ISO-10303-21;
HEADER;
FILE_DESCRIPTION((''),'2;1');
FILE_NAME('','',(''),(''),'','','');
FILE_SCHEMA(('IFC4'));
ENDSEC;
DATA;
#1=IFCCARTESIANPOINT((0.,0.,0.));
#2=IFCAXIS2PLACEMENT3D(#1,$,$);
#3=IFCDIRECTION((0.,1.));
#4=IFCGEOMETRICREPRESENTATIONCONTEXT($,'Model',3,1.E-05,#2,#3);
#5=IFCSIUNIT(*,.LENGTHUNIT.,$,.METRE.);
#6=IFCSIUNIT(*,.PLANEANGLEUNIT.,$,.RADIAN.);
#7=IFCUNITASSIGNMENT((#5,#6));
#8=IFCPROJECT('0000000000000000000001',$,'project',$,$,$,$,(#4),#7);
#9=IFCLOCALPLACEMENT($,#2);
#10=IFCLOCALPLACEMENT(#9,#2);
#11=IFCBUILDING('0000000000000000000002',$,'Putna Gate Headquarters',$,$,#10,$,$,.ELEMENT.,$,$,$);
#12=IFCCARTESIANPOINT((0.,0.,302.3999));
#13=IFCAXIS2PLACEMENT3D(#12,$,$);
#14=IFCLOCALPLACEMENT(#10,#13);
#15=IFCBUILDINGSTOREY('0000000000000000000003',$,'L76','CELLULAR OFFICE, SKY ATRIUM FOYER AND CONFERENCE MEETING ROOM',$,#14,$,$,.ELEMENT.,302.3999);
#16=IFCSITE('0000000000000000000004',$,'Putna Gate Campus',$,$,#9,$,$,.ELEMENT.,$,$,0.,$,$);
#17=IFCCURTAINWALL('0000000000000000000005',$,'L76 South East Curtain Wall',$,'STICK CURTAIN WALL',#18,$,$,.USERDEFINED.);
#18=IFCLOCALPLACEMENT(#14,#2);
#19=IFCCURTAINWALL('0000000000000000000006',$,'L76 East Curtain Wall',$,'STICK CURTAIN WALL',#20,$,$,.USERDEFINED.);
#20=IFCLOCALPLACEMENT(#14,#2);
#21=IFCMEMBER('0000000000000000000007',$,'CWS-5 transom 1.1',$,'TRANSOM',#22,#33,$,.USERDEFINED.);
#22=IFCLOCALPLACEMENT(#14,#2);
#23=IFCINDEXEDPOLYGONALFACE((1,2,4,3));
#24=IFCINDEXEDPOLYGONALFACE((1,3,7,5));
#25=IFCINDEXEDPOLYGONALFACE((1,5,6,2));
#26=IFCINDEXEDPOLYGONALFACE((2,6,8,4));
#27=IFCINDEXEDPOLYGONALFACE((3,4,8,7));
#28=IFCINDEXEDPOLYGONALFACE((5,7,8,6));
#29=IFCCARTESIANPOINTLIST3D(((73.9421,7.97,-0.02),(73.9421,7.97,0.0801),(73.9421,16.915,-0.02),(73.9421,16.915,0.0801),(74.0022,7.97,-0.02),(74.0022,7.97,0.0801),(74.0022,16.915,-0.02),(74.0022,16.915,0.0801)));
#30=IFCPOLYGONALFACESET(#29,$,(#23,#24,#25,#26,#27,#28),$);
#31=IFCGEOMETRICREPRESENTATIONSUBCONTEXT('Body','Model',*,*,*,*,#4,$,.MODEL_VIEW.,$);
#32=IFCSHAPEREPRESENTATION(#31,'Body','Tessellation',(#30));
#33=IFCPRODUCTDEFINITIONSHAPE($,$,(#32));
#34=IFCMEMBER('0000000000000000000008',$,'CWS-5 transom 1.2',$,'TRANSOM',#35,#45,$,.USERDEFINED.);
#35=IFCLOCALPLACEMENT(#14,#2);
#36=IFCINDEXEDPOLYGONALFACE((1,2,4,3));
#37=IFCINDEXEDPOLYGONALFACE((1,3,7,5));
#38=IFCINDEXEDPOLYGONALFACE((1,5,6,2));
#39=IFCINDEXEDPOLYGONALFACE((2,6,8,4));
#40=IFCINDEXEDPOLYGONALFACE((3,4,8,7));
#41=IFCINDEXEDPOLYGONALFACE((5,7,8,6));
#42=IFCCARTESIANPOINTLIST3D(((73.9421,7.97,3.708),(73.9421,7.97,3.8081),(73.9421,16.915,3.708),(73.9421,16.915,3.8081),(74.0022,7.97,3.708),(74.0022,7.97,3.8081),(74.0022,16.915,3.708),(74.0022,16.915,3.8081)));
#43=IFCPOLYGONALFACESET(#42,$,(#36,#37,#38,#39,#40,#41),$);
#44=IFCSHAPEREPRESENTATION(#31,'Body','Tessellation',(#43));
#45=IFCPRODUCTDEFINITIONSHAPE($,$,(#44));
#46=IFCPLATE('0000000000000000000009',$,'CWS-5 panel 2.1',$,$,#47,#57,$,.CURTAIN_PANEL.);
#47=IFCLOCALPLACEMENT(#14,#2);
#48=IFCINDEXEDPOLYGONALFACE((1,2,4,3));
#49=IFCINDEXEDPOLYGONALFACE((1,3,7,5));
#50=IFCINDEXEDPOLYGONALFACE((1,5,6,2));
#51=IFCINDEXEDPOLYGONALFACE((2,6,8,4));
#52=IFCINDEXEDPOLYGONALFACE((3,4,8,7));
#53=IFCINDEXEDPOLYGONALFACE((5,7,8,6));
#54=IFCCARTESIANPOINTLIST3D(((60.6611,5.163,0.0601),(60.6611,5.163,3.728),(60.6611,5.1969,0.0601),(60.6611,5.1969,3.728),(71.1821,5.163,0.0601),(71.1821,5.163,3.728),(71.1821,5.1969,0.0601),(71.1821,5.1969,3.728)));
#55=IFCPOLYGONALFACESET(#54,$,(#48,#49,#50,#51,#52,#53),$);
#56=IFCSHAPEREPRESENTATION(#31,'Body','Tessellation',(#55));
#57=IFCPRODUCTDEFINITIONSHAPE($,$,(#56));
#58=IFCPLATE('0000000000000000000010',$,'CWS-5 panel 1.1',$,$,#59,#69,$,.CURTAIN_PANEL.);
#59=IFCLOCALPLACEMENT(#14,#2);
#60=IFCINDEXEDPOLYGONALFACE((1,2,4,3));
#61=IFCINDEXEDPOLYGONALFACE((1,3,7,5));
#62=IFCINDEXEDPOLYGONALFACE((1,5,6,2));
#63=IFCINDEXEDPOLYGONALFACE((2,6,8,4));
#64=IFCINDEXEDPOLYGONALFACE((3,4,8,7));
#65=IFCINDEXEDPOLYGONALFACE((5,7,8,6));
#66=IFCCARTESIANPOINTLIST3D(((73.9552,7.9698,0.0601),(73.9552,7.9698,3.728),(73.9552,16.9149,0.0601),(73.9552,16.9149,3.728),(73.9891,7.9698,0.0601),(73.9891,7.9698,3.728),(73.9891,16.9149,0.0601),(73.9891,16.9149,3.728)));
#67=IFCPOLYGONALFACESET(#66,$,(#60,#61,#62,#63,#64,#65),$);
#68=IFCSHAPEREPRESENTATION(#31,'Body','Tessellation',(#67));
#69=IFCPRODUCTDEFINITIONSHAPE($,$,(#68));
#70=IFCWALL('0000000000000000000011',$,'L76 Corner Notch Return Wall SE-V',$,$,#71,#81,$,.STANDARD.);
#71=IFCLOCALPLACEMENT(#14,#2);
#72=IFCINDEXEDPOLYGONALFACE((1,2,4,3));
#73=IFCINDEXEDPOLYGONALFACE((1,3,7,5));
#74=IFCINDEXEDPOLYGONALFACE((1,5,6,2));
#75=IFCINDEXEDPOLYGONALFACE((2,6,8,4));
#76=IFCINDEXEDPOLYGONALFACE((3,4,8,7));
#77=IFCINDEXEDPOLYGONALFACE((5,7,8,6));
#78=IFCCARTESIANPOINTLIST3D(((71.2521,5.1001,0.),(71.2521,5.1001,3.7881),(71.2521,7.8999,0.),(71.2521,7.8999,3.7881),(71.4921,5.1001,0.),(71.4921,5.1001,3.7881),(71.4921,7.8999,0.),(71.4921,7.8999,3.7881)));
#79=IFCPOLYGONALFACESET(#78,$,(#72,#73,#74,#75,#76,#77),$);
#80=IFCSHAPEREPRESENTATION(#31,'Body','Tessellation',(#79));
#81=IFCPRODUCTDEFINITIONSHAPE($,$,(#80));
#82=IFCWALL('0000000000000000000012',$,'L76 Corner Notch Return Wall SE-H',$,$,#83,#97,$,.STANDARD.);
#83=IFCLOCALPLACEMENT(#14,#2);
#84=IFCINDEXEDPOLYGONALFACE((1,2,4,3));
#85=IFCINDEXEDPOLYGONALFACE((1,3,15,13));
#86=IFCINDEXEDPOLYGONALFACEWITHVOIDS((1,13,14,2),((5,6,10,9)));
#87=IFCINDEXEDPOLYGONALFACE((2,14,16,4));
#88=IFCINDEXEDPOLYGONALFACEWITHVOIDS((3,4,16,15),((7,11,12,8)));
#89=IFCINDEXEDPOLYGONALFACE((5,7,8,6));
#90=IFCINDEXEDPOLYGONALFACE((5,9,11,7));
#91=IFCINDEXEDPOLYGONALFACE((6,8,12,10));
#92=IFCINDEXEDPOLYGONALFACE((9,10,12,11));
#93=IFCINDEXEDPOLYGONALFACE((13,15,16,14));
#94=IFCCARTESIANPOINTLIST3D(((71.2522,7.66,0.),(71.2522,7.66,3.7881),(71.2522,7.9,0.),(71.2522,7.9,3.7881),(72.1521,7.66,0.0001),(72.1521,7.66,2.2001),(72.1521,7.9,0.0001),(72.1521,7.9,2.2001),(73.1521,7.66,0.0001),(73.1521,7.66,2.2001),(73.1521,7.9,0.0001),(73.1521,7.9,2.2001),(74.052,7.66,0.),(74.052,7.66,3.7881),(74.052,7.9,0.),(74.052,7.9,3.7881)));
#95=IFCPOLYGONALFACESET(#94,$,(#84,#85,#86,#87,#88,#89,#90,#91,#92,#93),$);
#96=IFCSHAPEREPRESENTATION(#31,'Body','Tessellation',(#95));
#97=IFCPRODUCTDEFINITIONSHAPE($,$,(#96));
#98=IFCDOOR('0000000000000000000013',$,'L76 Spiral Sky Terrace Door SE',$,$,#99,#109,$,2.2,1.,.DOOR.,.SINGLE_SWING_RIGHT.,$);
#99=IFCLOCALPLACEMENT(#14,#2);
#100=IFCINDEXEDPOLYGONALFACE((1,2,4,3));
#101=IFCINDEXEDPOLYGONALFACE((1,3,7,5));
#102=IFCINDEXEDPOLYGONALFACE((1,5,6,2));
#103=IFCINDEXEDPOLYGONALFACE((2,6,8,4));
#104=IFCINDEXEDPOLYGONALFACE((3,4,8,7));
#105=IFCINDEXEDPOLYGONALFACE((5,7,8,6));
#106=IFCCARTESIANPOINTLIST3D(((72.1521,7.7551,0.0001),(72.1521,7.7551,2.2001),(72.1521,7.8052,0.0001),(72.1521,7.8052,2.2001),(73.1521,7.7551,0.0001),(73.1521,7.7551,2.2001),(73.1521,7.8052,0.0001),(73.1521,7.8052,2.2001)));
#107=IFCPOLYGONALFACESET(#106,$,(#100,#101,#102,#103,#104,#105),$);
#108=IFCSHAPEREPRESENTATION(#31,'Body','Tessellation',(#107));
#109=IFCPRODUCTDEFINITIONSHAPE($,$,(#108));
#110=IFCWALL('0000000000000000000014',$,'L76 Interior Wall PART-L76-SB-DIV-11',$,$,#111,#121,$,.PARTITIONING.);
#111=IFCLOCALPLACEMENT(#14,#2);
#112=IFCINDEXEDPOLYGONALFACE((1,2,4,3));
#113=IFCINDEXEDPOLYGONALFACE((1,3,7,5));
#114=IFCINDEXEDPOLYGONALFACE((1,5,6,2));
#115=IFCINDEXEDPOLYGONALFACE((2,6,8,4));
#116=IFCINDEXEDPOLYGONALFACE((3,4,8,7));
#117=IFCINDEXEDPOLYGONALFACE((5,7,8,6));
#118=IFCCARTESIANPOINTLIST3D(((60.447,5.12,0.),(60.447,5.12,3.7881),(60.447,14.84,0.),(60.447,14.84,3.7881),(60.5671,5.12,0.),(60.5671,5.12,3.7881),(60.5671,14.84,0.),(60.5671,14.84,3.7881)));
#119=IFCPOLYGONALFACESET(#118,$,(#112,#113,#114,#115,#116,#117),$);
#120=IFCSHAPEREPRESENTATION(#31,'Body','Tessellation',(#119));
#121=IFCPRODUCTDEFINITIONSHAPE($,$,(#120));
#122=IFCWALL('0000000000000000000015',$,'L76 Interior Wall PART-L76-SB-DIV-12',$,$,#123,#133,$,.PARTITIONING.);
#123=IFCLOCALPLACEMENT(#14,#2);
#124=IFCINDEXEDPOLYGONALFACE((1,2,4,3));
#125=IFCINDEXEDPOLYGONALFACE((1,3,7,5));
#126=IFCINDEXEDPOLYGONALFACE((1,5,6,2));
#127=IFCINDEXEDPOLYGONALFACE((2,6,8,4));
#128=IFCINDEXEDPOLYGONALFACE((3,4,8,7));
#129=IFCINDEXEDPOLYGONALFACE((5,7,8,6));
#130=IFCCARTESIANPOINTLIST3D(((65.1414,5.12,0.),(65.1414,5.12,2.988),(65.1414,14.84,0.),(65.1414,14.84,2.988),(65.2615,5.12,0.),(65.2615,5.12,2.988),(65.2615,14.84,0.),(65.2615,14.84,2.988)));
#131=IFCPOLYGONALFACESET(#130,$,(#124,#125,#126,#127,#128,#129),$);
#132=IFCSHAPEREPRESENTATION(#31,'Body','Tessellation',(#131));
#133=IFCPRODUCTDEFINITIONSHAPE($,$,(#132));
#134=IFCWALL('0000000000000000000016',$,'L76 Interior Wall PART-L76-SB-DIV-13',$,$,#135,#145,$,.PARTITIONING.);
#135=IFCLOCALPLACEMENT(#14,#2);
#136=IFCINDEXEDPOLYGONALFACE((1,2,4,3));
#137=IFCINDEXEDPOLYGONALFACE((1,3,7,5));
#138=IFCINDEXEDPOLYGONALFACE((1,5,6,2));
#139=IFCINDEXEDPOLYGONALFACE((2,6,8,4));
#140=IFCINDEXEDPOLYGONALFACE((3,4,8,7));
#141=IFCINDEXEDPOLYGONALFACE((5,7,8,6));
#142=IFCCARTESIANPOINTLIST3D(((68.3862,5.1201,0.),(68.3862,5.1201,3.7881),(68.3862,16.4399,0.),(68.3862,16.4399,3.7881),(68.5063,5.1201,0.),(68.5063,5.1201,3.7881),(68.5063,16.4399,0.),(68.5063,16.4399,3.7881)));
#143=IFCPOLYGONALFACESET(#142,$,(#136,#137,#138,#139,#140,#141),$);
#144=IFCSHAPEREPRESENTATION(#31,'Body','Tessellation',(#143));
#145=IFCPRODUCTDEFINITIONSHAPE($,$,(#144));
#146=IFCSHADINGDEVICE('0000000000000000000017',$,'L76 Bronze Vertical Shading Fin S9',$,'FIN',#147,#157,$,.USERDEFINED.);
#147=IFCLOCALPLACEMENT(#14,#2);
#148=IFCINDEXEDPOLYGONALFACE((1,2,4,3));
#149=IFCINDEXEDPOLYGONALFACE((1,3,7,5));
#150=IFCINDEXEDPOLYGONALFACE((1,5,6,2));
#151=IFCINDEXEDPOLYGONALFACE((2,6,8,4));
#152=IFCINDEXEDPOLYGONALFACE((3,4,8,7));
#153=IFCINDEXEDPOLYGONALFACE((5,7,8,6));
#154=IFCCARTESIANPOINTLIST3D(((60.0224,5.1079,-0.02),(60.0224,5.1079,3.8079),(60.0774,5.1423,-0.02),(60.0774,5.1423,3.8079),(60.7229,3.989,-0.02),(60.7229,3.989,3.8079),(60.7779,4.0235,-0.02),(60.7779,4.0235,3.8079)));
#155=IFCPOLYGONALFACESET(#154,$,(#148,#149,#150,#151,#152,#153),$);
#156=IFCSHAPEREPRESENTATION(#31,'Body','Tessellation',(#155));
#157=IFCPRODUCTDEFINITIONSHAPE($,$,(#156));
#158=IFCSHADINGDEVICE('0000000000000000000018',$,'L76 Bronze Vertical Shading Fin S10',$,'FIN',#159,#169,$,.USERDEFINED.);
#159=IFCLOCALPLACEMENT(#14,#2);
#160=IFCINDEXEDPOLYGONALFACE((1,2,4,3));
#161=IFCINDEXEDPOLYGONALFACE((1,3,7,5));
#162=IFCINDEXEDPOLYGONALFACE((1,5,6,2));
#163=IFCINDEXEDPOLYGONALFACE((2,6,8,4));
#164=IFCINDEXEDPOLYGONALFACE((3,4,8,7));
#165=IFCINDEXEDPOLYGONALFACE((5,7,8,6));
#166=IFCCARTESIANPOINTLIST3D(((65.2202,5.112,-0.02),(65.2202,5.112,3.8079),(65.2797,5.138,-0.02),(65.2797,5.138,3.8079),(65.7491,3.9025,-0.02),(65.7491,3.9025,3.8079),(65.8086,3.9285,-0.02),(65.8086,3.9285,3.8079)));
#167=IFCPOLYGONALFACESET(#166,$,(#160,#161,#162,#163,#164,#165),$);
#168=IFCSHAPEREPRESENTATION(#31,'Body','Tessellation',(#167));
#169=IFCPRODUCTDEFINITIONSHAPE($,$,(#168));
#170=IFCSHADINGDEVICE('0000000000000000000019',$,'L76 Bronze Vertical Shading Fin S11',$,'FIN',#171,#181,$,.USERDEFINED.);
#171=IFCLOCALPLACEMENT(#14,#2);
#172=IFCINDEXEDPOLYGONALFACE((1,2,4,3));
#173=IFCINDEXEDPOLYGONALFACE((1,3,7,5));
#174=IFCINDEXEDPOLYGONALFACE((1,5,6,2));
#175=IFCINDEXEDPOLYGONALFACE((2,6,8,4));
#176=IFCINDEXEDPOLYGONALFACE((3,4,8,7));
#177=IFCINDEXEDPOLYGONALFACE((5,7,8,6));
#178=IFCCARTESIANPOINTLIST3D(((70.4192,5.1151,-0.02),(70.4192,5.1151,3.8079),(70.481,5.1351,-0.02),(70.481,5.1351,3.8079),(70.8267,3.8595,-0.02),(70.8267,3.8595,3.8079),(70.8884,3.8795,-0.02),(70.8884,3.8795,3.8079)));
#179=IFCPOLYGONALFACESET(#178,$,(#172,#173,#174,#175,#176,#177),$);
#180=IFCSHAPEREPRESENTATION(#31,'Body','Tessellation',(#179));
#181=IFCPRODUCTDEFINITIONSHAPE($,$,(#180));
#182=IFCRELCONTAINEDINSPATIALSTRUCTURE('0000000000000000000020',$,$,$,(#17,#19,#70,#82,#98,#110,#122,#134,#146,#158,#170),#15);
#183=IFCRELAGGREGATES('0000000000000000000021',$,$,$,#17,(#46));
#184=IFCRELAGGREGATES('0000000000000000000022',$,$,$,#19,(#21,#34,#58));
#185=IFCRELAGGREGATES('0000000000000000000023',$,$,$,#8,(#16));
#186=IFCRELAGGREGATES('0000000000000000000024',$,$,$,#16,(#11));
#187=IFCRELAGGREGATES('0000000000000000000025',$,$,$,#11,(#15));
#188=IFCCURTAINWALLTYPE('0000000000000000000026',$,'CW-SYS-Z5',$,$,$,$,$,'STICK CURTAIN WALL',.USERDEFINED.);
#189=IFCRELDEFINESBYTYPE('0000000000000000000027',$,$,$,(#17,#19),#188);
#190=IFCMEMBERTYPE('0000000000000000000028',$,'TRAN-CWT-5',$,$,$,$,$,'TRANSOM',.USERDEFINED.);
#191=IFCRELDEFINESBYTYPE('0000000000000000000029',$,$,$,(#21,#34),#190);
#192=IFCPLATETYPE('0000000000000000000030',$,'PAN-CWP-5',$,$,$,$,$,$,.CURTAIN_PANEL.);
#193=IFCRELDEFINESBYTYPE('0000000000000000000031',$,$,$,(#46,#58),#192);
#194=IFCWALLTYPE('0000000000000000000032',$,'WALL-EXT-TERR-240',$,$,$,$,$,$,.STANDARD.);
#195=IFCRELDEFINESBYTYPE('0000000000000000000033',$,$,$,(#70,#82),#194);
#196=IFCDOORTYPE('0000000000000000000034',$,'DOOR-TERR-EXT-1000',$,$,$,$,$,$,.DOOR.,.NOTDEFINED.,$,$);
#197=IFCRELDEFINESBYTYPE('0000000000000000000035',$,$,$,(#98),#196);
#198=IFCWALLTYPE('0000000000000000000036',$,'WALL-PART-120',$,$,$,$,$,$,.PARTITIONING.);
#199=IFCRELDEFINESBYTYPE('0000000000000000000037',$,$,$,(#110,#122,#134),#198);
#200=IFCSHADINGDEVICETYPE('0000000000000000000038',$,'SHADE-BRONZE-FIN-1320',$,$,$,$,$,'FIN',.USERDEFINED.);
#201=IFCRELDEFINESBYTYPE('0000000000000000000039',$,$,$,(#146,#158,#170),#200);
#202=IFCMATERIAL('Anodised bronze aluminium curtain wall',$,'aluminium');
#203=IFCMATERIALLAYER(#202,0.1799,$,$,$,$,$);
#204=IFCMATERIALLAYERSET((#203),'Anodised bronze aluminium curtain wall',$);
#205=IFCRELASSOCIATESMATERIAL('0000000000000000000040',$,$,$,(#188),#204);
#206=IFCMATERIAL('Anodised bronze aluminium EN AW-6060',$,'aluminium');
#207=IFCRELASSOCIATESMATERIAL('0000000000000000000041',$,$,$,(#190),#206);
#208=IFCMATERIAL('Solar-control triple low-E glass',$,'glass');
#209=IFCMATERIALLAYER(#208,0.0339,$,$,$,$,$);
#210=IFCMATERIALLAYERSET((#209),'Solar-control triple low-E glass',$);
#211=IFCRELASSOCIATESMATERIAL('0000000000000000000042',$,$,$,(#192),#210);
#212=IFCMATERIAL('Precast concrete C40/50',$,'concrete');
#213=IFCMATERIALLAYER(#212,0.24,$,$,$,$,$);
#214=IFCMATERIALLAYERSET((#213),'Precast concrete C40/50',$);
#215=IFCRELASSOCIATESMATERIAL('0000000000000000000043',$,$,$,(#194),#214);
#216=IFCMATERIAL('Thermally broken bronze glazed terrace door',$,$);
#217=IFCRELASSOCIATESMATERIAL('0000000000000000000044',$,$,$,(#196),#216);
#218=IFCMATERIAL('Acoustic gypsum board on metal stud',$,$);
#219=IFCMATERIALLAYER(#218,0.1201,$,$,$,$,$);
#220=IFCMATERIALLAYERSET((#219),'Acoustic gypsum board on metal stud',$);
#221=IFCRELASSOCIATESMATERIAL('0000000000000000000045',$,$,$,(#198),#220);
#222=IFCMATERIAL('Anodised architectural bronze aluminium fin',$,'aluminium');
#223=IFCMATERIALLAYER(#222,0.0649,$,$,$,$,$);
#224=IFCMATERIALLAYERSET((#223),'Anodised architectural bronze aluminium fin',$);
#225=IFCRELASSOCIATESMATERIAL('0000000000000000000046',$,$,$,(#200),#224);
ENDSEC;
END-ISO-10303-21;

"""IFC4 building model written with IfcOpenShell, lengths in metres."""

from ifc_helpers import new_model, si_unit, direction, frame, frame_2d, origin, origin_2d, place, context, subcontext, project, spatial, rectangle, extrude, material, layer, layer_set, material_profile, profile_set, type_object, element, fill, aggregate, save


model = new_model("IFC4")

# Units and contexts
model_context = context("Model", 3, precision=1e-05, world=origin(), true_north=direction((0.0, 1.0)))
body_context = subcontext(model_context, "Body", "Model", "MODEL_VIEW")
ifc_project = project(units=[si_unit("LENGTHUNIT", "METRE"), si_unit("PLANEANGLEUNIT", "RADIAN")], contexts=[model_context])

# Site, building, storey
site_placement = place(None, origin())
site = spatial("IfcSite", under=ifc_project, at=site_placement, Name="Putna Gate Campus", CompositionType="ELEMENT", RefElevation=0.0)
building_placement = place(site_placement, origin())
building = spatial("IfcBuilding", under=site, at=building_placement, Name="Putna Gate Headquarters", CompositionType="ELEMENT")
storey_placement = place(building_placement, frame((0.0, 0.0, 302.3999)))
storey = spatial("IfcBuildingStorey", under=building, at=storey_placement, Name="L76", Description="CELLULAR OFFICE, SKY ATRIUM FOYER AND CONFERENCE MEETING ROOM", CompositionType="ELEMENT", Elevation=302.3999)

# Curtain wall
ifc_material_1 = material(Name="Anodised bronze aluminium curtain wall", Category="aluminium")
ifc_layer_1 = layer(ifc_material_1, 0.1799)
ifc_layer_set_1 = layer_set([ifc_layer_1], Name="Anodised bronze aluminium curtain wall")
curtain_wall_type = type_object("IfcCurtainWallType", Name="CW-SYS-Z5", ElementType="STICK CURTAIN WALL", PredefinedType="USERDEFINED", material=ifc_layer_set_1)
curtain_wall_1_placement = place(storey_placement, origin())
curtain_wall_1 = element("IfcCurtainWall", 1, at=curtain_wall_1_placement, inside=storey, type_object=curtain_wall_type, Name="L76 South East Curtain Wall", ObjectType="STICK CURTAIN WALL", PredefinedType="USERDEFINED")
ifc_material_2 = material(Name="Anodised bronze aluminium EN AW-6060", Category="aluminium")

# Curtain wall
curtain_wall_2_placement = place(storey_placement, origin())
curtain_wall_2 = element("IfcCurtainWall", 2, at=curtain_wall_2_placement, inside=storey, type_object=curtain_wall_type, Name="L76 East Curtain Wall", ObjectType="STICK CURTAIN WALL", PredefinedType="USERDEFINED")

# Members
ifc_material_profile_1 = material_profile(ifc_material_2, rectangle(XDim=0.0601, YDim=0.1001, at=origin_2d()), Name="Anodised bronze aluminium EN AW-6060")
ifc_profile_set_1 = profile_set([ifc_material_profile_1], Name="Anodised bronze aluminium EN AW-6060")
member_type_1 = type_object("IfcMemberType", Name="TRAN-CWT-5", ElementType="TRANSOM", PredefinedType="USERDEFINED", material=ifc_profile_set_1)
member_1_placement = place(storey_placement, frame((73.9722, 7.97, 0.03), z_axis=(0.0, 1.0, 0.0), x_axis=(-1.0, 0.0, 0.0)))
member_1 = element("IfcMember", 3, at=member_1_placement, type_object=member_type_1, Name="CWS-5 transom 1.1", ObjectType="TRANSOM", PredefinedType="USERDEFINED", context=body_context, shape_type="SweptSolid", body=[
    extrude(rectangle(XDim=0.0601, YDim=0.1001, at=origin_2d()), origin(), (0.0, 0.0, 1.0), 8.9451),
])
member_2_placement = place(storey_placement, frame((73.9722, 7.97, 3.7581), z_axis=(0.0, 1.0, 0.0), x_axis=(-1.0, 0.0, 0.0)))
member_2 = element("IfcMember", 4, at=member_2_placement, type_object=member_type_1, Name="CWS-5 transom 1.2", ObjectType="TRANSOM", PredefinedType="USERDEFINED", context=body_context, shape_type="SweptSolid", body=[
    extrude(rectangle(XDim=0.0601, YDim=0.1001, at=origin_2d()), origin(), (0.0, 0.0, 1.0), 8.9451),
])

# Plates
ifc_material_3 = material(Name="Solar-control triple low-E glass", Category="glass")
ifc_layer_2 = layer(ifc_material_3, 0.0339)
ifc_layer_set_2 = layer_set([ifc_layer_2], Name="Solar-control triple low-E glass")
plate_type = type_object("IfcPlateType", Name="PAN-CWP-5", PredefinedType="CURTAIN_PANEL", material=ifc_layer_set_2)
plate_1_placement = place(storey_placement, frame((65.9216, 5.1799, 0.0601), z_axis=(0.0, 0.0, 1.0), x_axis=(1.0, 0.0, 0.0)))
plate_1 = element("IfcPlate", 5, at=plate_1_placement, type_object=plate_type, Name="CWS-5 panel 2.1", PredefinedType="CURTAIN_PANEL", context=body_context, shape_type="SweptSolid", body=[
    extrude(rectangle(XDim=10.521, YDim=0.0339, at=origin_2d()), origin(), (0.0, 0.0, 1.0), 3.668),
])
aggregate(curtain_wall_1, [plate_1])
plate_2_placement = place(storey_placement, frame((73.9722, 12.4424, 0.0601), z_axis=(0.0, 0.0, 1.0), x_axis=(0.0, 1.0, 0.0)))
plate_2 = element("IfcPlate", 6, at=plate_2_placement, type_object=plate_type, Name="CWS-5 panel 1.1", PredefinedType="CURTAIN_PANEL", context=body_context, shape_type="SweptSolid", body=[
    extrude(rectangle(XDim=8.9451, YDim=0.0339, at=origin_2d()), origin(), (0.0, 0.0, 1.0), 3.668),
])
aggregate(curtain_wall_2, [member_1, member_2, plate_2])

# Wall
ifc_material_4 = material(Name="Precast concrete C40/50", Category="concrete")
ifc_layer_3 = layer(ifc_material_4, 0.24)
ifc_layer_set_3 = layer_set([ifc_layer_3], Name="Precast concrete C40/50")
wall_type_1 = type_object("IfcWallType", Name="WALL-EXT-TERR-240", PredefinedType="STANDARD", material=ifc_layer_set_3)
wall_1_placement = place(storey_placement, frame((71.3721, 7.8999, 0.0), z_axis=(0.0, 0.0, 1.0), x_axis=(0.0, -1.0, 0.0)))
element("IfcWall", 7, at=wall_1_placement, inside=storey, type_object=wall_type_1, Name="L76 Corner Notch Return Wall SE-V", PredefinedType="STANDARD", context=body_context, shape_type="SweptSolid", body=[
    extrude(rectangle(XDim=2.7998, YDim=0.24, at=frame_2d((1.3999, 0.0))), origin(), (0.0, 0.0, 1.0), 3.7881),
])

# Wall, opening, door
wall_2_placement = place(storey_placement, frame((74.052, 7.78, 0.0), z_axis=(0.0, 0.0, 1.0), x_axis=(-1.0, 0.0, 0.0)))
wall_2 = element("IfcWall", 8, at=wall_2_placement, inside=storey, type_object=wall_type_1, Name="L76 Corner Notch Return Wall SE-H", PredefinedType="STANDARD", context=body_context, shape_type="SweptSolid", body=[
    extrude(rectangle(XDim=2.7998, YDim=0.24, at=frame_2d((1.3999, 0.0))), origin(), (0.0, 0.0, 1.0), 3.7881),
])
opening_placement = place(wall_2_placement, frame((0.8999, 0.0, 0.0)))
opening = element("IfcOpeningElement", 9, at=opening_placement, cuts=wall_2, PredefinedType="OPENING", context=body_context, shape_type="SweptSolid", body=[
    extrude(rectangle(XDim=1.0, YDim=2.2, at=frame_2d((0.5, 1.1001))), frame((0.0, 0.1299, 0.0), z_axis=(0.0, -1.0, 0.0), x_axis=(1.0, 0.0, 0.0)), (0.0, 0.0, 1.0), 0.26),
])
ifc_material_5 = material(Name="Thermally broken bronze glazed terrace door")
door_type = type_object("IfcDoorType", Name="DOOR-TERR-EXT-1000", OperationType="NOTDEFINED", PredefinedType="DOOR", material=ifc_material_5)
door_placement = place(opening_placement, origin())
door = element("IfcDoor", 10, at=door_placement, inside=storey, type_object=door_type, Name="L76 Spiral Sky Terrace Door SE", OperationType="SINGLE_SWING_RIGHT", OverallHeight=2.2, OverallWidth=1.0, PredefinedType="DOOR", context=body_context, shape_type="SweptSolid", body=[
    extrude(rectangle(XDim=1.0, YDim=2.2, at=frame_2d((0.5, 1.1001))), frame((0.0, 0.0249, 0.0), z_axis=(0.0, -1.0, 0.0), x_axis=(1.0, 0.0, 0.0)), (0.0, 0.0, 1.0), 0.05),
])
fill(opening, door)

# Walls
ifc_material_6 = material(Name="Acoustic gypsum board on metal stud")
ifc_layer_4 = layer(ifc_material_6, 0.1201)
ifc_layer_set_4 = layer_set([ifc_layer_4], Name="Acoustic gypsum board on metal stud")
wall_type_2 = type_object("IfcWallType", Name="WALL-PART-120", PredefinedType="PARTITIONING", material=ifc_layer_set_4)
wall_3_placement = place(storey_placement, frame((60.5071, 5.1201, 0.0), z_axis=(0.0, 0.0, 1.0), x_axis=(0.0, 1.0, 0.0)))
element("IfcWall", 11, at=wall_3_placement, inside=storey, type_object=wall_type_2, Name="L76 Interior Wall PART-L76-SB-DIV-11", PredefinedType="PARTITIONING", context=body_context, shape_type="SweptSolid", body=[
    extrude(rectangle(XDim=9.72, YDim=0.1201, at=frame_2d((4.8599, 0.0))), origin(), (0.0, 0.0, 1.0), 3.7881),
])
wall_4_placement = place(storey_placement, frame((65.2014, 5.1201, 0.0), z_axis=(0.0, 0.0, 1.0), x_axis=(0.0, 1.0, 0.0)))
element("IfcWall", 12, at=wall_4_placement, inside=storey, type_object=wall_type_2, Name="L76 Interior Wall PART-L76-SB-DIV-12", PredefinedType="PARTITIONING", context=body_context, shape_type="SweptSolid", body=[
    extrude(rectangle(XDim=9.72, YDim=0.1201, at=frame_2d((4.8599, 0.0))), origin(), (0.0, 0.0, 1.0), 2.988),
])
wall_5_placement = place(storey_placement, frame((68.4463, 5.1201, 0.0), z_axis=(0.0, 0.0, 1.0), x_axis=(0.0, 1.0, 0.0)))
element("IfcWall", 13, at=wall_5_placement, inside=storey, type_object=wall_type_2, Name="L76 Interior Wall PART-L76-SB-DIV-13", PredefinedType="PARTITIONING", context=body_context, shape_type="SweptSolid", body=[
    extrude(rectangle(XDim=11.3198, YDim=0.1201, at=frame_2d((5.6599, 0.0))), origin(), (0.0, 0.0, 1.0), 3.7881),
])

# Shading devices
ifc_material_7 = material(Name="Anodised architectural bronze aluminium fin", Category="aluminium")
ifc_layer_5 = layer(ifc_material_7, 0.0649)
ifc_layer_set_5 = layer_set([ifc_layer_5], Name="Anodised architectural bronze aluminium fin")
shading_device_type = type_object("IfcShadingDeviceType", Name="SHADE-BRONZE-FIN-1320", ElementType="FIN", PredefinedType="USERDEFINED", material=ifc_layer_set_5)
for number, where, z_axis, x_axis, name in (
    (14, (60.4001, 4.5657, -0.02), (0.0, 0.0, 1.0), (0.530659, -0.847585, 0.0), "L76 Bronze Vertical Shading Fin S9"),
    (15, (65.5144, 4.5203, -0.02), (0.0, 0.0, 1.0), (0.400669, -0.916223, 0.0), "L76 Bronze Vertical Shading Fin S10"),
    (16, (70.6538, 4.4973, -0.02), (0.0, 0.0, 1.0), (0.308685, -0.951164, 0.0), "L76 Bronze Vertical Shading Fin S11"),
):
    element("IfcShadingDevice", number, at=place(storey_placement, frame(where, z_axis=z_axis, x_axis=x_axis)), inside=storey, type_object=shading_device_type, Name=name, ObjectType="FIN", PredefinedType="USERDEFINED", context=body_context, shape_type="SweptSolid", body=[
        extrude(rectangle(XDim=1.3201, YDim=0.0649, at=origin_2d()), origin(), (0.0, 0.0, 1.0), 3.8279),
    ])

save(model, "model.ifc")
